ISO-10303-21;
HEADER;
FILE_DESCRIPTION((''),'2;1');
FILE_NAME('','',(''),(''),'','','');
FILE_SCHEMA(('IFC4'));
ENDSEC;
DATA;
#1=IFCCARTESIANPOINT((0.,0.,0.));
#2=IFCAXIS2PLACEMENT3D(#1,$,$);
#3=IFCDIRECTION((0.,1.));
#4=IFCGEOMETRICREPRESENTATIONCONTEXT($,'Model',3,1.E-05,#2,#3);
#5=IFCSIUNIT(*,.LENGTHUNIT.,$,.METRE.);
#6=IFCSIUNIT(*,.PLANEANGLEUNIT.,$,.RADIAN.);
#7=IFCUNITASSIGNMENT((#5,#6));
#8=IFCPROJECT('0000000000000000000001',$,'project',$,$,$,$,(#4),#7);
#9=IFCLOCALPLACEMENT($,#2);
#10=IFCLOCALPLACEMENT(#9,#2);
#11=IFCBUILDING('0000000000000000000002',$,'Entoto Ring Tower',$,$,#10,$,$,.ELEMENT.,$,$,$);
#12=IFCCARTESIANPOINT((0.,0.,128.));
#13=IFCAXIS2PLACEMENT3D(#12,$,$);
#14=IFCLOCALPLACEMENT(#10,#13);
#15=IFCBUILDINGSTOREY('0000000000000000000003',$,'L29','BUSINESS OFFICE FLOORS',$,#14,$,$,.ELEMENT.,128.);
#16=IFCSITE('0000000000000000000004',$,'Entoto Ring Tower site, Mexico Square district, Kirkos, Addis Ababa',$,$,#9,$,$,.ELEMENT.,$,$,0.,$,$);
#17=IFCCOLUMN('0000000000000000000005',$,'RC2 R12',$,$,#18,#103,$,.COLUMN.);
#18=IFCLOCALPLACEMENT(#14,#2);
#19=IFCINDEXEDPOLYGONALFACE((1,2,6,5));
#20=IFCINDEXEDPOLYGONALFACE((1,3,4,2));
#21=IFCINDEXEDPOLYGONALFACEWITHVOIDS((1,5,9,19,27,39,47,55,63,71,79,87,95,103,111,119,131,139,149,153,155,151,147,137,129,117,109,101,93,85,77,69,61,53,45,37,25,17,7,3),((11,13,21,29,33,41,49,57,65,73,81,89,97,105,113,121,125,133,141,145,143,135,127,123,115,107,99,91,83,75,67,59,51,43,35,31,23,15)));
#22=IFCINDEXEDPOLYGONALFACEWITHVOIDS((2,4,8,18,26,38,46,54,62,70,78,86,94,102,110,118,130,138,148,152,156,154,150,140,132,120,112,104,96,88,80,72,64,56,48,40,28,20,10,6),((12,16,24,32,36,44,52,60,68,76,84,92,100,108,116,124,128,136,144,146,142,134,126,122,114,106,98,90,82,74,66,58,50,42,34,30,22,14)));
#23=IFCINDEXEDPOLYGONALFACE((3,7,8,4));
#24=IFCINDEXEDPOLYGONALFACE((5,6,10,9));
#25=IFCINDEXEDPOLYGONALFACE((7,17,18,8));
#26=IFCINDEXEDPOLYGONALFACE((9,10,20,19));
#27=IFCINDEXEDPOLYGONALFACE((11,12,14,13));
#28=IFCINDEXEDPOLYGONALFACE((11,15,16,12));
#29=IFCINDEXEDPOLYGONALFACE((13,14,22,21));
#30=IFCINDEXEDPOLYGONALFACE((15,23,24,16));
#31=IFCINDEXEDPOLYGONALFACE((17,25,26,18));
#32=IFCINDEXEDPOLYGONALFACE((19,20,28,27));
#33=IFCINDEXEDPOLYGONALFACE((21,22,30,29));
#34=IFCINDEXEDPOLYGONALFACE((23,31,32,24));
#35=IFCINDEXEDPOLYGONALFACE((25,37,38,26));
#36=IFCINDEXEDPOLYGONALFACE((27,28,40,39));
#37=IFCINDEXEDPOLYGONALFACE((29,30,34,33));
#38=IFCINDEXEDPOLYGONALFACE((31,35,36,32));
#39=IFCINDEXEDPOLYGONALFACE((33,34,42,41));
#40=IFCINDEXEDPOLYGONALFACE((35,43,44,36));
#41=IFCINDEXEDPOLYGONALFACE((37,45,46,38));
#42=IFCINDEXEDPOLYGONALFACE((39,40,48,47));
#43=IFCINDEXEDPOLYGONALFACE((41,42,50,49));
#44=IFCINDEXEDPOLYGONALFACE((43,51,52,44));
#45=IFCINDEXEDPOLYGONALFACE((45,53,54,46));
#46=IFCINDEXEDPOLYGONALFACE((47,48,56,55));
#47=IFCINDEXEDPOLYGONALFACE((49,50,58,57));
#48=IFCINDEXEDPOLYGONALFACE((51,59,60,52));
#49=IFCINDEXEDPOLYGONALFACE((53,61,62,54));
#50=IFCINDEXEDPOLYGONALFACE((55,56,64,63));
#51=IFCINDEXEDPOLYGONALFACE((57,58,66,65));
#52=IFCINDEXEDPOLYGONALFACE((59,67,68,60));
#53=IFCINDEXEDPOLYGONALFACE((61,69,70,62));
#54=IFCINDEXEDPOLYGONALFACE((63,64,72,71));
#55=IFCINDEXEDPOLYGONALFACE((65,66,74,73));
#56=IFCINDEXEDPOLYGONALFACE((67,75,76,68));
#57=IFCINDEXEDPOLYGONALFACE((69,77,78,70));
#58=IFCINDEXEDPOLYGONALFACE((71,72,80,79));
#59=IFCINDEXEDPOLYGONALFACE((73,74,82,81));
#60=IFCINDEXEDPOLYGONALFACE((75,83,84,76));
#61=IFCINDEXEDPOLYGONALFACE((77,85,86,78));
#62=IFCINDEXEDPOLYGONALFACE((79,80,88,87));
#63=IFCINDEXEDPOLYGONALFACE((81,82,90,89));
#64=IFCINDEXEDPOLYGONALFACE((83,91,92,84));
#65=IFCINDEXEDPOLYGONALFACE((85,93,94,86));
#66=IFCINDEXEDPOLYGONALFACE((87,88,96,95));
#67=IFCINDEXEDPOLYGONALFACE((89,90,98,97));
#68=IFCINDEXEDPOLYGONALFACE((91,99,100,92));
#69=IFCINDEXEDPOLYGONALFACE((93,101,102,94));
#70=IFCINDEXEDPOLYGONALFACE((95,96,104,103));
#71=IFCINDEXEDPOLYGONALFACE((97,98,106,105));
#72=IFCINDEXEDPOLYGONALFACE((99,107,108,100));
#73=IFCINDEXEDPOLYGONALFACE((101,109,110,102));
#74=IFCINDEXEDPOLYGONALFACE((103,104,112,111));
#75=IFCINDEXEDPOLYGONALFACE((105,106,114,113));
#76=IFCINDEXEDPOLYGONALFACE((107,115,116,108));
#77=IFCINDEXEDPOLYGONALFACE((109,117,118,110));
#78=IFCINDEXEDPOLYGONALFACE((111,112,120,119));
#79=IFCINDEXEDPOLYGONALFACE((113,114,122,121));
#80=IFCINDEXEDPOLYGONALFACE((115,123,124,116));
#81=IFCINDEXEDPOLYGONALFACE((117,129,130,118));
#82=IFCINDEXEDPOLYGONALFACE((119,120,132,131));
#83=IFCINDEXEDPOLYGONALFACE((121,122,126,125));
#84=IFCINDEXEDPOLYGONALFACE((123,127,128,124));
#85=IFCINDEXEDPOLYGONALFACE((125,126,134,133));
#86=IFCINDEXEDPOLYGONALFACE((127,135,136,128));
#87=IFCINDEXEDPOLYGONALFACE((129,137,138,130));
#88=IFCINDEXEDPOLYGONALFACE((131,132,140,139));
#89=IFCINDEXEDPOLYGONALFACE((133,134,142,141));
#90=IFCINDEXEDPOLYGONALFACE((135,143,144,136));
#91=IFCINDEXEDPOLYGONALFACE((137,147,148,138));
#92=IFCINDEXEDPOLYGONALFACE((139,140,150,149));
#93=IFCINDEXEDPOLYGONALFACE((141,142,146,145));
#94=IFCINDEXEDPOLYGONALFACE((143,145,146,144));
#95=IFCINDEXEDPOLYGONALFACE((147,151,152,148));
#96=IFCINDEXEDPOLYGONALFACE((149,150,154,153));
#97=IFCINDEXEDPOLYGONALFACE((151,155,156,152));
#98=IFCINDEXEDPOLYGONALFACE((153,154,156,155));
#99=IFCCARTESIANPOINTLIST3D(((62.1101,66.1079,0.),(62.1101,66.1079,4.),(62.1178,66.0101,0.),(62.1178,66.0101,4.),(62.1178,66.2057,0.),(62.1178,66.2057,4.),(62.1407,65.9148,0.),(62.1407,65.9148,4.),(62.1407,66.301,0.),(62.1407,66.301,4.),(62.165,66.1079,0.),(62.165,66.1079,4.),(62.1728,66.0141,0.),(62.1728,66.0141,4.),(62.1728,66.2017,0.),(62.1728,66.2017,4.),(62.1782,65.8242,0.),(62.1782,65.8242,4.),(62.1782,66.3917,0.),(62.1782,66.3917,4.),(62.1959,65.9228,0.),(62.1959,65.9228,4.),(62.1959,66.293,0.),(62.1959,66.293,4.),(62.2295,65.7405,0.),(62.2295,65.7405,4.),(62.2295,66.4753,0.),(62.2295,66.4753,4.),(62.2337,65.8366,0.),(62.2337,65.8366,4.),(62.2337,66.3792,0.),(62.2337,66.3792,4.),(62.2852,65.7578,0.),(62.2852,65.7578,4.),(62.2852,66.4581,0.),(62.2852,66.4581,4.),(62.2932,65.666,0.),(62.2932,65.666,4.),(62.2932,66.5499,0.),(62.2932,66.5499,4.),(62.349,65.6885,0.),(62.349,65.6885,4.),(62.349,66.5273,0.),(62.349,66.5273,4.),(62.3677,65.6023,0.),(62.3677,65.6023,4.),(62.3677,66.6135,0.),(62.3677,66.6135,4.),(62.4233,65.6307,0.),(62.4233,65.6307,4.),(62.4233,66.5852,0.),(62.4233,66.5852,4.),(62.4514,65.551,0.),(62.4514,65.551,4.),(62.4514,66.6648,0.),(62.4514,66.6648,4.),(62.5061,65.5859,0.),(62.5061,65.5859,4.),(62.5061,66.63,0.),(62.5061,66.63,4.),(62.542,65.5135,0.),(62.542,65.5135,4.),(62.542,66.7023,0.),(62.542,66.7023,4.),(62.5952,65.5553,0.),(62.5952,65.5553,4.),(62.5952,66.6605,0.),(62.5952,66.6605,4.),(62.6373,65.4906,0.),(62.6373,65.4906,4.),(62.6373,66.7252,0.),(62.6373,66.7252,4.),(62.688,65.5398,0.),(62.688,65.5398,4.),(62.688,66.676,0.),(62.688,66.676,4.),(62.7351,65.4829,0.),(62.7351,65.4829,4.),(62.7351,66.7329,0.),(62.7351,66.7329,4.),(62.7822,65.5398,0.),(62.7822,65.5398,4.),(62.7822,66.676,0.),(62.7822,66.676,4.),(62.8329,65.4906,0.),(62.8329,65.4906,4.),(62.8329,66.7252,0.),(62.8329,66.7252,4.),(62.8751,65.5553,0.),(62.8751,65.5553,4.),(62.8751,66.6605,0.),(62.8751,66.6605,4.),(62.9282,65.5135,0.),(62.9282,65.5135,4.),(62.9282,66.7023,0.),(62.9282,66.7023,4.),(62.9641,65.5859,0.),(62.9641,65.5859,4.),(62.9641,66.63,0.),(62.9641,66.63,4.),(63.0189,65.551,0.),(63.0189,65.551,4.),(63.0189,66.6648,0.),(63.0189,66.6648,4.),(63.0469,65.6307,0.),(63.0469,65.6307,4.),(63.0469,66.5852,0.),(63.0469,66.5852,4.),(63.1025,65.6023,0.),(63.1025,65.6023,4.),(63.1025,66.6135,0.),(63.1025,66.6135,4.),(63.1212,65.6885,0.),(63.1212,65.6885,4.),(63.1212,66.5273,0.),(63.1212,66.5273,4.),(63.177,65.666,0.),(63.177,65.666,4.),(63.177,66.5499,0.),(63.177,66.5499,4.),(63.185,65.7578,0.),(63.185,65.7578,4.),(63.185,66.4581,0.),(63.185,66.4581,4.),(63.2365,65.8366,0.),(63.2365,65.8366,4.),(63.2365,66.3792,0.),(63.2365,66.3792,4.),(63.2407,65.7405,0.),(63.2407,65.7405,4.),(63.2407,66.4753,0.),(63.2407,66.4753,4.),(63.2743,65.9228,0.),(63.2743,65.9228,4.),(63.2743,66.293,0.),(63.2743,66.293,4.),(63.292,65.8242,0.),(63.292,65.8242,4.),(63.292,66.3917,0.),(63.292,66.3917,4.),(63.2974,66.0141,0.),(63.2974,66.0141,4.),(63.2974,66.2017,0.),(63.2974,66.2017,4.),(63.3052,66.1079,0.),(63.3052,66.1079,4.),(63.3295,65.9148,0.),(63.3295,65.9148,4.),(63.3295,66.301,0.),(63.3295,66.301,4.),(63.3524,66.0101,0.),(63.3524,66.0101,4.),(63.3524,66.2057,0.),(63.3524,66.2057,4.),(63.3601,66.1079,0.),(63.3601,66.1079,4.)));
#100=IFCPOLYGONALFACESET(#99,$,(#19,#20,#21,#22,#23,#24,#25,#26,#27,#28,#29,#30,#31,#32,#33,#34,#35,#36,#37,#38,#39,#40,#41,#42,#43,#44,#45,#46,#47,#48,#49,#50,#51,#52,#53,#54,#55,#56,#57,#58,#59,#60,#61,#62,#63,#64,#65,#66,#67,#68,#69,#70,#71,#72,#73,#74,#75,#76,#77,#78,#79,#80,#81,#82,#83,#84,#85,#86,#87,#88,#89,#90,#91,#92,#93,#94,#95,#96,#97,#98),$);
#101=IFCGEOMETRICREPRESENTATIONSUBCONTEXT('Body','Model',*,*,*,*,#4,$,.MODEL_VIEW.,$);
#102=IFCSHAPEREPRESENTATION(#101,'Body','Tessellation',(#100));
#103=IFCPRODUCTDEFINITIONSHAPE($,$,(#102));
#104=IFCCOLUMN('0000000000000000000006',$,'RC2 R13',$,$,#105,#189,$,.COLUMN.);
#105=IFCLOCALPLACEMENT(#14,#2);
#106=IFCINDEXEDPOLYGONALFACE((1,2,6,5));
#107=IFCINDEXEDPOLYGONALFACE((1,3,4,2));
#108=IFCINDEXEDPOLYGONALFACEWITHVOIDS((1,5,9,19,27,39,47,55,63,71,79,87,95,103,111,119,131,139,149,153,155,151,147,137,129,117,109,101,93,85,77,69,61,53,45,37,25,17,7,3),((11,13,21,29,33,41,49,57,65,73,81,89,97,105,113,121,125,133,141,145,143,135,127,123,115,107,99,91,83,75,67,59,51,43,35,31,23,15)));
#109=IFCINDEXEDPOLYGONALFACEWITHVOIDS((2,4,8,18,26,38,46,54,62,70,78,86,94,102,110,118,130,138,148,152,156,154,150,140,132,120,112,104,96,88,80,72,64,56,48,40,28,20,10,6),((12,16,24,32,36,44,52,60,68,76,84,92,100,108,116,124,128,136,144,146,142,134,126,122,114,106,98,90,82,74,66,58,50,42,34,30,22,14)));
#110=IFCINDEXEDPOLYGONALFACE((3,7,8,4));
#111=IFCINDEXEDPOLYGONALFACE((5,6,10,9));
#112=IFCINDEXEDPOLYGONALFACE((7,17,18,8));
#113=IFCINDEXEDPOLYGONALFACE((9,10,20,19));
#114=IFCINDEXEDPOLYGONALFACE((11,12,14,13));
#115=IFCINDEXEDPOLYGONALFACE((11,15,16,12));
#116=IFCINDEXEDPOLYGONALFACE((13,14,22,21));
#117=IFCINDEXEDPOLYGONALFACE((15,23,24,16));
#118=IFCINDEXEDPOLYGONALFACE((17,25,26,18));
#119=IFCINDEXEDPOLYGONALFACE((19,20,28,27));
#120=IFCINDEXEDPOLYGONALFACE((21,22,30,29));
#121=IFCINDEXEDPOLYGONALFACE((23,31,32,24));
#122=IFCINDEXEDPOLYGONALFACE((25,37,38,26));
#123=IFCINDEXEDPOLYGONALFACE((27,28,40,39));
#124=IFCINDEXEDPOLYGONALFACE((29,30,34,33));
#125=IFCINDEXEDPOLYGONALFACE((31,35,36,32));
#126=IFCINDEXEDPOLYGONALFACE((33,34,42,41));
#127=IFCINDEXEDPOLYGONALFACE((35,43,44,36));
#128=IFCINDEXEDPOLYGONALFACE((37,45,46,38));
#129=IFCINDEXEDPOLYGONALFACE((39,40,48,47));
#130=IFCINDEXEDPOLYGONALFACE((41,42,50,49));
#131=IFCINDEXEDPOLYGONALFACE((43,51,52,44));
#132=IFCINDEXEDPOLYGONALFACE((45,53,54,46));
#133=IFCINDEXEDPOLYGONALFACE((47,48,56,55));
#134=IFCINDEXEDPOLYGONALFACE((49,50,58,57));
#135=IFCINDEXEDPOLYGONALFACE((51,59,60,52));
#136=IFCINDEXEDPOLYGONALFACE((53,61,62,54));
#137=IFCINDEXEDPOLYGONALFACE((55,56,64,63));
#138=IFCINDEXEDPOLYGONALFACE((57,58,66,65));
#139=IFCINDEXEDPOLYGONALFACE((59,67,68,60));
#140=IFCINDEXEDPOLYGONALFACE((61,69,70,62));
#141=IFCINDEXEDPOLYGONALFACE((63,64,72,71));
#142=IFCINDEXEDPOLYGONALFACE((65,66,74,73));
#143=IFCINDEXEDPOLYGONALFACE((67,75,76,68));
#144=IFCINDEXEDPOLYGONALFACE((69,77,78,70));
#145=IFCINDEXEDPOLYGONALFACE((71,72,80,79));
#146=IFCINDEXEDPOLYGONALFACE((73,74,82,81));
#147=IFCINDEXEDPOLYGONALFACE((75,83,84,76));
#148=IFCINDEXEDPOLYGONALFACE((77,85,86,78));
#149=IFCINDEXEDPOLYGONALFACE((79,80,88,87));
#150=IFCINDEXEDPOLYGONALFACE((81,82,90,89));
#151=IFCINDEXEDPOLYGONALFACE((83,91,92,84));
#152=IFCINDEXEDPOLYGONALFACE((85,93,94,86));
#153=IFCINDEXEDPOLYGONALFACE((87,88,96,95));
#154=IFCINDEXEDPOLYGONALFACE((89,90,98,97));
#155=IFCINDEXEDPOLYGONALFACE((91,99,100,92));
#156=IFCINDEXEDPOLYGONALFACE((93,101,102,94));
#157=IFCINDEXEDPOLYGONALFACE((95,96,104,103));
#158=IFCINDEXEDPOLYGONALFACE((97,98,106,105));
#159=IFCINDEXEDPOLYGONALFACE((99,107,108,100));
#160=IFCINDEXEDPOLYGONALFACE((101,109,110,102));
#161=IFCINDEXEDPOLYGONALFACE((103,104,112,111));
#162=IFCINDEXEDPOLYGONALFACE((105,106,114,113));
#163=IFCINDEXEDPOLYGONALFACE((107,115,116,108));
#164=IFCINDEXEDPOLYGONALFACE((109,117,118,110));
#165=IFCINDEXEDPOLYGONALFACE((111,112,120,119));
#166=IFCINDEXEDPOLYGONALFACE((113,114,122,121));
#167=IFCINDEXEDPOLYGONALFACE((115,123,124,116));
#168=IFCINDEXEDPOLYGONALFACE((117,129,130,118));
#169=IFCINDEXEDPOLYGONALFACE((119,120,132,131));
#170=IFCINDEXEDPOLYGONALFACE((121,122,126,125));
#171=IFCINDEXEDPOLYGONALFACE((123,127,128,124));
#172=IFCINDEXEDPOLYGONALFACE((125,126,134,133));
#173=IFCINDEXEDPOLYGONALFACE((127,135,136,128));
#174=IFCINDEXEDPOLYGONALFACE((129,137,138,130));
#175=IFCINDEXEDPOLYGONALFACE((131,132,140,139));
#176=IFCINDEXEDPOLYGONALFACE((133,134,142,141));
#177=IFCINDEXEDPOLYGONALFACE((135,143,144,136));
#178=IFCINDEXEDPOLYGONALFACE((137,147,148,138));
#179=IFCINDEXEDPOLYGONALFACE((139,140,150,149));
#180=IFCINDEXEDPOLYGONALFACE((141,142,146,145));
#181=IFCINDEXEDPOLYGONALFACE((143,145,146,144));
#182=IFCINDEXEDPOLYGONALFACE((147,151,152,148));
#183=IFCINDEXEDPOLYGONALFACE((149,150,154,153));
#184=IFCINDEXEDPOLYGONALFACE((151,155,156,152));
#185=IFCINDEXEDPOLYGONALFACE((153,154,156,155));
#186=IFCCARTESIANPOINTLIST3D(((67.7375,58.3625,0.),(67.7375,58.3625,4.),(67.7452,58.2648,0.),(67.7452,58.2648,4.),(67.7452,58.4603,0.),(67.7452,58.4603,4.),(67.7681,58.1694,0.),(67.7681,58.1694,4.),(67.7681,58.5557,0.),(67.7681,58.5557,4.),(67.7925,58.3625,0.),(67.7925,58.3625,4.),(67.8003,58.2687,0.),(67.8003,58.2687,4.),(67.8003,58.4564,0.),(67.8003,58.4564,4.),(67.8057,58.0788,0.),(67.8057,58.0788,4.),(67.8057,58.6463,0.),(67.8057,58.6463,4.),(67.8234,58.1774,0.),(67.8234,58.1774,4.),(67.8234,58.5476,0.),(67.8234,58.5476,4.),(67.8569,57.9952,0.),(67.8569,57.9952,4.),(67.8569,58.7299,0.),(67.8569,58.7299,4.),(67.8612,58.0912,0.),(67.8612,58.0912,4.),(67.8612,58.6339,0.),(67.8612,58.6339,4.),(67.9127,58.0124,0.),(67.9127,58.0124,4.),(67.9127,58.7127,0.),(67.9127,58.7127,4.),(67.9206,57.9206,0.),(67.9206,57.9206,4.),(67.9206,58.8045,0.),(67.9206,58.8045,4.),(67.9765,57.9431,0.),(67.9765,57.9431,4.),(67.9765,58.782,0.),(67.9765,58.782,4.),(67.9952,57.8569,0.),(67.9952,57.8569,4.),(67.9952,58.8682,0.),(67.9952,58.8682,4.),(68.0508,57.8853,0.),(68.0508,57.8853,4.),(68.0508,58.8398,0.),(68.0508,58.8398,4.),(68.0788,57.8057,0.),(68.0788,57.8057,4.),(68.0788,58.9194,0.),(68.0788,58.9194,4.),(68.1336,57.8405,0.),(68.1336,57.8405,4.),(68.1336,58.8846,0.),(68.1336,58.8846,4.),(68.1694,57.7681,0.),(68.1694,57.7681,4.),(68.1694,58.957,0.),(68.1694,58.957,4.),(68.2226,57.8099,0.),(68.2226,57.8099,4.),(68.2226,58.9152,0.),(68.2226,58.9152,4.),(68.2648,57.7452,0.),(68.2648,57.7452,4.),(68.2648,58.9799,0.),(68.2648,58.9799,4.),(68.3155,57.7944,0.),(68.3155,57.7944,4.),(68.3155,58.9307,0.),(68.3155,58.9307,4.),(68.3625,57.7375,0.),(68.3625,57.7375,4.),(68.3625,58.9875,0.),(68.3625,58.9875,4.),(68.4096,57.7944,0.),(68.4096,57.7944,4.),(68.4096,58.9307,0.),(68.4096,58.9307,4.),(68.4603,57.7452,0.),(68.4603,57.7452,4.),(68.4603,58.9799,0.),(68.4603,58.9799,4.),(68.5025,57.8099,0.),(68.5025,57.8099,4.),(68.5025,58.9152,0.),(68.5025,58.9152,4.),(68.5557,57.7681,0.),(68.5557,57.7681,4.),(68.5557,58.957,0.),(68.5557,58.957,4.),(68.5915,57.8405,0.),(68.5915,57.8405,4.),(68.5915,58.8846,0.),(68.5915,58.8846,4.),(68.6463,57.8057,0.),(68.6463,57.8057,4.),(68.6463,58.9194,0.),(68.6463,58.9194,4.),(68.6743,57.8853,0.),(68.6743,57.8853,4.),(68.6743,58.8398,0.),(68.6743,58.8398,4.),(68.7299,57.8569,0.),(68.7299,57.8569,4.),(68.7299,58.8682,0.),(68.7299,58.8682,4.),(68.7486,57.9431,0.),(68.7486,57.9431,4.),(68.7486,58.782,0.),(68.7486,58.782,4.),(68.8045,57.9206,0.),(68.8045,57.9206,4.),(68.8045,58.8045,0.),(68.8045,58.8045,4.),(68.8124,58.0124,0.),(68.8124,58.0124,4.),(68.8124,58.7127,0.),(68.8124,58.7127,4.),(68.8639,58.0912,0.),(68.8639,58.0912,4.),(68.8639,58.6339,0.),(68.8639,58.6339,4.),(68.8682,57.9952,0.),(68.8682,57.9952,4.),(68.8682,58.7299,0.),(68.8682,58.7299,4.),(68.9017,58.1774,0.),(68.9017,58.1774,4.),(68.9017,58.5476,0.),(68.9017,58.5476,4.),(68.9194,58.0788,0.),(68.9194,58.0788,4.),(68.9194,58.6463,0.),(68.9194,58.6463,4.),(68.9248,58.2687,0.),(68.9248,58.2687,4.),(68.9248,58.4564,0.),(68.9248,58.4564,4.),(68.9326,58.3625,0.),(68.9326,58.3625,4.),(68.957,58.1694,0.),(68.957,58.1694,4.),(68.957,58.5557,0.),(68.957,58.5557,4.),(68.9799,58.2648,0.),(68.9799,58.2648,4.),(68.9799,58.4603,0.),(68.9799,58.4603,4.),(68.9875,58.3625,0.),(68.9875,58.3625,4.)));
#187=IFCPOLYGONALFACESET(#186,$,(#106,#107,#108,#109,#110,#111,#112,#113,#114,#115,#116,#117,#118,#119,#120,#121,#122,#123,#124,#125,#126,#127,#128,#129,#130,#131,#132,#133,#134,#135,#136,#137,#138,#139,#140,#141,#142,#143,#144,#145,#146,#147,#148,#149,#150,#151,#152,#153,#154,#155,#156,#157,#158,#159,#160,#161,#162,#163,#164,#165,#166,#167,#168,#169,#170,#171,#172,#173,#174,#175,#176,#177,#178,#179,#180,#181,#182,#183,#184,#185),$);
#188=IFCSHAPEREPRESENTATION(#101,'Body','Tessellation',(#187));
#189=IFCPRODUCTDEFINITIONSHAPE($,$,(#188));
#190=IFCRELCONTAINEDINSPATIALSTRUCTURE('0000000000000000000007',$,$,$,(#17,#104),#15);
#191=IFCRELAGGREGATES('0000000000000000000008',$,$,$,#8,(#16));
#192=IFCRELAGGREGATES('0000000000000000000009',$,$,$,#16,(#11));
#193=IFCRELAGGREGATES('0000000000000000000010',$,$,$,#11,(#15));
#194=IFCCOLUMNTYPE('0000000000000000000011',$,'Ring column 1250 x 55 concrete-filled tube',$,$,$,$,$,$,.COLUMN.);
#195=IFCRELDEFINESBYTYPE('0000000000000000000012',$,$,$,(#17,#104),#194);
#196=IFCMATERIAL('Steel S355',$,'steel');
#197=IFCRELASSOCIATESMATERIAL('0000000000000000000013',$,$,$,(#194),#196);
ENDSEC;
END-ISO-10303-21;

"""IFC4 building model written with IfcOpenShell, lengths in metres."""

from ifc_helpers import new_model, si_unit, direction, frame, origin, origin_2d, place, context, subcontext, project, spatial, circle, hollow_circle, extrude, material, material_profile, profile_set, type_object, element, save


model = new_model("IFC4")

# Units and contexts
model_context = context("Model", 3, precision=1e-05, world=origin(), true_north=direction((0.0, 1.0)))
body_context = subcontext(model_context, "Body", "Model", "MODEL_VIEW")
ifc_project = project(units=[si_unit("LENGTHUNIT", "METRE"), si_unit("PLANEANGLEUNIT", "RADIAN")], contexts=[model_context])

# Site, building, storey
site_placement = place(None, origin())
site = spatial("IfcSite", under=ifc_project, at=site_placement, Name="Entoto Ring Tower site, Mexico Square district, Kirkos, Addis Ababa", CompositionType="ELEMENT", RefElevation=0.0)
building_placement = place(site_placement, origin())
building = spatial("IfcBuilding", under=site, at=building_placement, Name="Entoto Ring Tower", CompositionType="ELEMENT")
storey_placement = place(building_placement, frame((0.0, 0.0, 128.0)))
storey = spatial("IfcBuildingStorey", under=building, at=storey_placement, Name="L29", Description="BUSINESS OFFICE FLOORS", CompositionType="ELEMENT", Elevation=128.0)

# Columns
ifc_material_1 = material(Name="Steel S355", Category="steel")
ifc_material_profile_1 = material_profile(ifc_material_1, hollow_circle(Radius=0.625, WallThickness=0.0549, at=origin_2d()), Name="CHS 1250 x 55")
ifc_material_2 = material(Name="Concrete C60/75", Category="concrete")
ifc_material_profile_2 = material_profile(ifc_material_2, circle(Radius=0.5701, at=origin_2d()), Name="Concrete C60/75 infill")
ifc_profile_set_1 = profile_set([ifc_material_profile_1, ifc_material_profile_2], Name="Steel S355")
column_type = type_object("IfcColumnType", Name="Ring column 1250 x 55 concrete-filled tube", PredefinedType="COLUMN", material=ifc_profile_set_1)
for number, where, z_axis, x_axis, name in (
    (1, (62.7351, 66.1079, 0.0), (0.0, 0.0, 1.0), (1.0, 0.0, 0.0), "RC2 R12"),
    (2, (68.3625, 58.3625, 0.0), (0.0, 0.0, 1.0), (1.0, 0.0, 0.0), "RC2 R13"),
):
    element("IfcColumn", number, at=place(storey_placement, frame(where, z_axis=z_axis, x_axis=x_axis)), inside=storey, type_object=column_type, Name=name, PredefinedType="COLUMN", context=body_context, shape_type="SweptSolid", body=[
        extrude(hollow_circle(Radius=0.625, WallThickness=0.0549, at=origin_2d()), origin(), (0.0, 0.0, 1.0), 4.0),
    ])

save(model, "model.ifc")
